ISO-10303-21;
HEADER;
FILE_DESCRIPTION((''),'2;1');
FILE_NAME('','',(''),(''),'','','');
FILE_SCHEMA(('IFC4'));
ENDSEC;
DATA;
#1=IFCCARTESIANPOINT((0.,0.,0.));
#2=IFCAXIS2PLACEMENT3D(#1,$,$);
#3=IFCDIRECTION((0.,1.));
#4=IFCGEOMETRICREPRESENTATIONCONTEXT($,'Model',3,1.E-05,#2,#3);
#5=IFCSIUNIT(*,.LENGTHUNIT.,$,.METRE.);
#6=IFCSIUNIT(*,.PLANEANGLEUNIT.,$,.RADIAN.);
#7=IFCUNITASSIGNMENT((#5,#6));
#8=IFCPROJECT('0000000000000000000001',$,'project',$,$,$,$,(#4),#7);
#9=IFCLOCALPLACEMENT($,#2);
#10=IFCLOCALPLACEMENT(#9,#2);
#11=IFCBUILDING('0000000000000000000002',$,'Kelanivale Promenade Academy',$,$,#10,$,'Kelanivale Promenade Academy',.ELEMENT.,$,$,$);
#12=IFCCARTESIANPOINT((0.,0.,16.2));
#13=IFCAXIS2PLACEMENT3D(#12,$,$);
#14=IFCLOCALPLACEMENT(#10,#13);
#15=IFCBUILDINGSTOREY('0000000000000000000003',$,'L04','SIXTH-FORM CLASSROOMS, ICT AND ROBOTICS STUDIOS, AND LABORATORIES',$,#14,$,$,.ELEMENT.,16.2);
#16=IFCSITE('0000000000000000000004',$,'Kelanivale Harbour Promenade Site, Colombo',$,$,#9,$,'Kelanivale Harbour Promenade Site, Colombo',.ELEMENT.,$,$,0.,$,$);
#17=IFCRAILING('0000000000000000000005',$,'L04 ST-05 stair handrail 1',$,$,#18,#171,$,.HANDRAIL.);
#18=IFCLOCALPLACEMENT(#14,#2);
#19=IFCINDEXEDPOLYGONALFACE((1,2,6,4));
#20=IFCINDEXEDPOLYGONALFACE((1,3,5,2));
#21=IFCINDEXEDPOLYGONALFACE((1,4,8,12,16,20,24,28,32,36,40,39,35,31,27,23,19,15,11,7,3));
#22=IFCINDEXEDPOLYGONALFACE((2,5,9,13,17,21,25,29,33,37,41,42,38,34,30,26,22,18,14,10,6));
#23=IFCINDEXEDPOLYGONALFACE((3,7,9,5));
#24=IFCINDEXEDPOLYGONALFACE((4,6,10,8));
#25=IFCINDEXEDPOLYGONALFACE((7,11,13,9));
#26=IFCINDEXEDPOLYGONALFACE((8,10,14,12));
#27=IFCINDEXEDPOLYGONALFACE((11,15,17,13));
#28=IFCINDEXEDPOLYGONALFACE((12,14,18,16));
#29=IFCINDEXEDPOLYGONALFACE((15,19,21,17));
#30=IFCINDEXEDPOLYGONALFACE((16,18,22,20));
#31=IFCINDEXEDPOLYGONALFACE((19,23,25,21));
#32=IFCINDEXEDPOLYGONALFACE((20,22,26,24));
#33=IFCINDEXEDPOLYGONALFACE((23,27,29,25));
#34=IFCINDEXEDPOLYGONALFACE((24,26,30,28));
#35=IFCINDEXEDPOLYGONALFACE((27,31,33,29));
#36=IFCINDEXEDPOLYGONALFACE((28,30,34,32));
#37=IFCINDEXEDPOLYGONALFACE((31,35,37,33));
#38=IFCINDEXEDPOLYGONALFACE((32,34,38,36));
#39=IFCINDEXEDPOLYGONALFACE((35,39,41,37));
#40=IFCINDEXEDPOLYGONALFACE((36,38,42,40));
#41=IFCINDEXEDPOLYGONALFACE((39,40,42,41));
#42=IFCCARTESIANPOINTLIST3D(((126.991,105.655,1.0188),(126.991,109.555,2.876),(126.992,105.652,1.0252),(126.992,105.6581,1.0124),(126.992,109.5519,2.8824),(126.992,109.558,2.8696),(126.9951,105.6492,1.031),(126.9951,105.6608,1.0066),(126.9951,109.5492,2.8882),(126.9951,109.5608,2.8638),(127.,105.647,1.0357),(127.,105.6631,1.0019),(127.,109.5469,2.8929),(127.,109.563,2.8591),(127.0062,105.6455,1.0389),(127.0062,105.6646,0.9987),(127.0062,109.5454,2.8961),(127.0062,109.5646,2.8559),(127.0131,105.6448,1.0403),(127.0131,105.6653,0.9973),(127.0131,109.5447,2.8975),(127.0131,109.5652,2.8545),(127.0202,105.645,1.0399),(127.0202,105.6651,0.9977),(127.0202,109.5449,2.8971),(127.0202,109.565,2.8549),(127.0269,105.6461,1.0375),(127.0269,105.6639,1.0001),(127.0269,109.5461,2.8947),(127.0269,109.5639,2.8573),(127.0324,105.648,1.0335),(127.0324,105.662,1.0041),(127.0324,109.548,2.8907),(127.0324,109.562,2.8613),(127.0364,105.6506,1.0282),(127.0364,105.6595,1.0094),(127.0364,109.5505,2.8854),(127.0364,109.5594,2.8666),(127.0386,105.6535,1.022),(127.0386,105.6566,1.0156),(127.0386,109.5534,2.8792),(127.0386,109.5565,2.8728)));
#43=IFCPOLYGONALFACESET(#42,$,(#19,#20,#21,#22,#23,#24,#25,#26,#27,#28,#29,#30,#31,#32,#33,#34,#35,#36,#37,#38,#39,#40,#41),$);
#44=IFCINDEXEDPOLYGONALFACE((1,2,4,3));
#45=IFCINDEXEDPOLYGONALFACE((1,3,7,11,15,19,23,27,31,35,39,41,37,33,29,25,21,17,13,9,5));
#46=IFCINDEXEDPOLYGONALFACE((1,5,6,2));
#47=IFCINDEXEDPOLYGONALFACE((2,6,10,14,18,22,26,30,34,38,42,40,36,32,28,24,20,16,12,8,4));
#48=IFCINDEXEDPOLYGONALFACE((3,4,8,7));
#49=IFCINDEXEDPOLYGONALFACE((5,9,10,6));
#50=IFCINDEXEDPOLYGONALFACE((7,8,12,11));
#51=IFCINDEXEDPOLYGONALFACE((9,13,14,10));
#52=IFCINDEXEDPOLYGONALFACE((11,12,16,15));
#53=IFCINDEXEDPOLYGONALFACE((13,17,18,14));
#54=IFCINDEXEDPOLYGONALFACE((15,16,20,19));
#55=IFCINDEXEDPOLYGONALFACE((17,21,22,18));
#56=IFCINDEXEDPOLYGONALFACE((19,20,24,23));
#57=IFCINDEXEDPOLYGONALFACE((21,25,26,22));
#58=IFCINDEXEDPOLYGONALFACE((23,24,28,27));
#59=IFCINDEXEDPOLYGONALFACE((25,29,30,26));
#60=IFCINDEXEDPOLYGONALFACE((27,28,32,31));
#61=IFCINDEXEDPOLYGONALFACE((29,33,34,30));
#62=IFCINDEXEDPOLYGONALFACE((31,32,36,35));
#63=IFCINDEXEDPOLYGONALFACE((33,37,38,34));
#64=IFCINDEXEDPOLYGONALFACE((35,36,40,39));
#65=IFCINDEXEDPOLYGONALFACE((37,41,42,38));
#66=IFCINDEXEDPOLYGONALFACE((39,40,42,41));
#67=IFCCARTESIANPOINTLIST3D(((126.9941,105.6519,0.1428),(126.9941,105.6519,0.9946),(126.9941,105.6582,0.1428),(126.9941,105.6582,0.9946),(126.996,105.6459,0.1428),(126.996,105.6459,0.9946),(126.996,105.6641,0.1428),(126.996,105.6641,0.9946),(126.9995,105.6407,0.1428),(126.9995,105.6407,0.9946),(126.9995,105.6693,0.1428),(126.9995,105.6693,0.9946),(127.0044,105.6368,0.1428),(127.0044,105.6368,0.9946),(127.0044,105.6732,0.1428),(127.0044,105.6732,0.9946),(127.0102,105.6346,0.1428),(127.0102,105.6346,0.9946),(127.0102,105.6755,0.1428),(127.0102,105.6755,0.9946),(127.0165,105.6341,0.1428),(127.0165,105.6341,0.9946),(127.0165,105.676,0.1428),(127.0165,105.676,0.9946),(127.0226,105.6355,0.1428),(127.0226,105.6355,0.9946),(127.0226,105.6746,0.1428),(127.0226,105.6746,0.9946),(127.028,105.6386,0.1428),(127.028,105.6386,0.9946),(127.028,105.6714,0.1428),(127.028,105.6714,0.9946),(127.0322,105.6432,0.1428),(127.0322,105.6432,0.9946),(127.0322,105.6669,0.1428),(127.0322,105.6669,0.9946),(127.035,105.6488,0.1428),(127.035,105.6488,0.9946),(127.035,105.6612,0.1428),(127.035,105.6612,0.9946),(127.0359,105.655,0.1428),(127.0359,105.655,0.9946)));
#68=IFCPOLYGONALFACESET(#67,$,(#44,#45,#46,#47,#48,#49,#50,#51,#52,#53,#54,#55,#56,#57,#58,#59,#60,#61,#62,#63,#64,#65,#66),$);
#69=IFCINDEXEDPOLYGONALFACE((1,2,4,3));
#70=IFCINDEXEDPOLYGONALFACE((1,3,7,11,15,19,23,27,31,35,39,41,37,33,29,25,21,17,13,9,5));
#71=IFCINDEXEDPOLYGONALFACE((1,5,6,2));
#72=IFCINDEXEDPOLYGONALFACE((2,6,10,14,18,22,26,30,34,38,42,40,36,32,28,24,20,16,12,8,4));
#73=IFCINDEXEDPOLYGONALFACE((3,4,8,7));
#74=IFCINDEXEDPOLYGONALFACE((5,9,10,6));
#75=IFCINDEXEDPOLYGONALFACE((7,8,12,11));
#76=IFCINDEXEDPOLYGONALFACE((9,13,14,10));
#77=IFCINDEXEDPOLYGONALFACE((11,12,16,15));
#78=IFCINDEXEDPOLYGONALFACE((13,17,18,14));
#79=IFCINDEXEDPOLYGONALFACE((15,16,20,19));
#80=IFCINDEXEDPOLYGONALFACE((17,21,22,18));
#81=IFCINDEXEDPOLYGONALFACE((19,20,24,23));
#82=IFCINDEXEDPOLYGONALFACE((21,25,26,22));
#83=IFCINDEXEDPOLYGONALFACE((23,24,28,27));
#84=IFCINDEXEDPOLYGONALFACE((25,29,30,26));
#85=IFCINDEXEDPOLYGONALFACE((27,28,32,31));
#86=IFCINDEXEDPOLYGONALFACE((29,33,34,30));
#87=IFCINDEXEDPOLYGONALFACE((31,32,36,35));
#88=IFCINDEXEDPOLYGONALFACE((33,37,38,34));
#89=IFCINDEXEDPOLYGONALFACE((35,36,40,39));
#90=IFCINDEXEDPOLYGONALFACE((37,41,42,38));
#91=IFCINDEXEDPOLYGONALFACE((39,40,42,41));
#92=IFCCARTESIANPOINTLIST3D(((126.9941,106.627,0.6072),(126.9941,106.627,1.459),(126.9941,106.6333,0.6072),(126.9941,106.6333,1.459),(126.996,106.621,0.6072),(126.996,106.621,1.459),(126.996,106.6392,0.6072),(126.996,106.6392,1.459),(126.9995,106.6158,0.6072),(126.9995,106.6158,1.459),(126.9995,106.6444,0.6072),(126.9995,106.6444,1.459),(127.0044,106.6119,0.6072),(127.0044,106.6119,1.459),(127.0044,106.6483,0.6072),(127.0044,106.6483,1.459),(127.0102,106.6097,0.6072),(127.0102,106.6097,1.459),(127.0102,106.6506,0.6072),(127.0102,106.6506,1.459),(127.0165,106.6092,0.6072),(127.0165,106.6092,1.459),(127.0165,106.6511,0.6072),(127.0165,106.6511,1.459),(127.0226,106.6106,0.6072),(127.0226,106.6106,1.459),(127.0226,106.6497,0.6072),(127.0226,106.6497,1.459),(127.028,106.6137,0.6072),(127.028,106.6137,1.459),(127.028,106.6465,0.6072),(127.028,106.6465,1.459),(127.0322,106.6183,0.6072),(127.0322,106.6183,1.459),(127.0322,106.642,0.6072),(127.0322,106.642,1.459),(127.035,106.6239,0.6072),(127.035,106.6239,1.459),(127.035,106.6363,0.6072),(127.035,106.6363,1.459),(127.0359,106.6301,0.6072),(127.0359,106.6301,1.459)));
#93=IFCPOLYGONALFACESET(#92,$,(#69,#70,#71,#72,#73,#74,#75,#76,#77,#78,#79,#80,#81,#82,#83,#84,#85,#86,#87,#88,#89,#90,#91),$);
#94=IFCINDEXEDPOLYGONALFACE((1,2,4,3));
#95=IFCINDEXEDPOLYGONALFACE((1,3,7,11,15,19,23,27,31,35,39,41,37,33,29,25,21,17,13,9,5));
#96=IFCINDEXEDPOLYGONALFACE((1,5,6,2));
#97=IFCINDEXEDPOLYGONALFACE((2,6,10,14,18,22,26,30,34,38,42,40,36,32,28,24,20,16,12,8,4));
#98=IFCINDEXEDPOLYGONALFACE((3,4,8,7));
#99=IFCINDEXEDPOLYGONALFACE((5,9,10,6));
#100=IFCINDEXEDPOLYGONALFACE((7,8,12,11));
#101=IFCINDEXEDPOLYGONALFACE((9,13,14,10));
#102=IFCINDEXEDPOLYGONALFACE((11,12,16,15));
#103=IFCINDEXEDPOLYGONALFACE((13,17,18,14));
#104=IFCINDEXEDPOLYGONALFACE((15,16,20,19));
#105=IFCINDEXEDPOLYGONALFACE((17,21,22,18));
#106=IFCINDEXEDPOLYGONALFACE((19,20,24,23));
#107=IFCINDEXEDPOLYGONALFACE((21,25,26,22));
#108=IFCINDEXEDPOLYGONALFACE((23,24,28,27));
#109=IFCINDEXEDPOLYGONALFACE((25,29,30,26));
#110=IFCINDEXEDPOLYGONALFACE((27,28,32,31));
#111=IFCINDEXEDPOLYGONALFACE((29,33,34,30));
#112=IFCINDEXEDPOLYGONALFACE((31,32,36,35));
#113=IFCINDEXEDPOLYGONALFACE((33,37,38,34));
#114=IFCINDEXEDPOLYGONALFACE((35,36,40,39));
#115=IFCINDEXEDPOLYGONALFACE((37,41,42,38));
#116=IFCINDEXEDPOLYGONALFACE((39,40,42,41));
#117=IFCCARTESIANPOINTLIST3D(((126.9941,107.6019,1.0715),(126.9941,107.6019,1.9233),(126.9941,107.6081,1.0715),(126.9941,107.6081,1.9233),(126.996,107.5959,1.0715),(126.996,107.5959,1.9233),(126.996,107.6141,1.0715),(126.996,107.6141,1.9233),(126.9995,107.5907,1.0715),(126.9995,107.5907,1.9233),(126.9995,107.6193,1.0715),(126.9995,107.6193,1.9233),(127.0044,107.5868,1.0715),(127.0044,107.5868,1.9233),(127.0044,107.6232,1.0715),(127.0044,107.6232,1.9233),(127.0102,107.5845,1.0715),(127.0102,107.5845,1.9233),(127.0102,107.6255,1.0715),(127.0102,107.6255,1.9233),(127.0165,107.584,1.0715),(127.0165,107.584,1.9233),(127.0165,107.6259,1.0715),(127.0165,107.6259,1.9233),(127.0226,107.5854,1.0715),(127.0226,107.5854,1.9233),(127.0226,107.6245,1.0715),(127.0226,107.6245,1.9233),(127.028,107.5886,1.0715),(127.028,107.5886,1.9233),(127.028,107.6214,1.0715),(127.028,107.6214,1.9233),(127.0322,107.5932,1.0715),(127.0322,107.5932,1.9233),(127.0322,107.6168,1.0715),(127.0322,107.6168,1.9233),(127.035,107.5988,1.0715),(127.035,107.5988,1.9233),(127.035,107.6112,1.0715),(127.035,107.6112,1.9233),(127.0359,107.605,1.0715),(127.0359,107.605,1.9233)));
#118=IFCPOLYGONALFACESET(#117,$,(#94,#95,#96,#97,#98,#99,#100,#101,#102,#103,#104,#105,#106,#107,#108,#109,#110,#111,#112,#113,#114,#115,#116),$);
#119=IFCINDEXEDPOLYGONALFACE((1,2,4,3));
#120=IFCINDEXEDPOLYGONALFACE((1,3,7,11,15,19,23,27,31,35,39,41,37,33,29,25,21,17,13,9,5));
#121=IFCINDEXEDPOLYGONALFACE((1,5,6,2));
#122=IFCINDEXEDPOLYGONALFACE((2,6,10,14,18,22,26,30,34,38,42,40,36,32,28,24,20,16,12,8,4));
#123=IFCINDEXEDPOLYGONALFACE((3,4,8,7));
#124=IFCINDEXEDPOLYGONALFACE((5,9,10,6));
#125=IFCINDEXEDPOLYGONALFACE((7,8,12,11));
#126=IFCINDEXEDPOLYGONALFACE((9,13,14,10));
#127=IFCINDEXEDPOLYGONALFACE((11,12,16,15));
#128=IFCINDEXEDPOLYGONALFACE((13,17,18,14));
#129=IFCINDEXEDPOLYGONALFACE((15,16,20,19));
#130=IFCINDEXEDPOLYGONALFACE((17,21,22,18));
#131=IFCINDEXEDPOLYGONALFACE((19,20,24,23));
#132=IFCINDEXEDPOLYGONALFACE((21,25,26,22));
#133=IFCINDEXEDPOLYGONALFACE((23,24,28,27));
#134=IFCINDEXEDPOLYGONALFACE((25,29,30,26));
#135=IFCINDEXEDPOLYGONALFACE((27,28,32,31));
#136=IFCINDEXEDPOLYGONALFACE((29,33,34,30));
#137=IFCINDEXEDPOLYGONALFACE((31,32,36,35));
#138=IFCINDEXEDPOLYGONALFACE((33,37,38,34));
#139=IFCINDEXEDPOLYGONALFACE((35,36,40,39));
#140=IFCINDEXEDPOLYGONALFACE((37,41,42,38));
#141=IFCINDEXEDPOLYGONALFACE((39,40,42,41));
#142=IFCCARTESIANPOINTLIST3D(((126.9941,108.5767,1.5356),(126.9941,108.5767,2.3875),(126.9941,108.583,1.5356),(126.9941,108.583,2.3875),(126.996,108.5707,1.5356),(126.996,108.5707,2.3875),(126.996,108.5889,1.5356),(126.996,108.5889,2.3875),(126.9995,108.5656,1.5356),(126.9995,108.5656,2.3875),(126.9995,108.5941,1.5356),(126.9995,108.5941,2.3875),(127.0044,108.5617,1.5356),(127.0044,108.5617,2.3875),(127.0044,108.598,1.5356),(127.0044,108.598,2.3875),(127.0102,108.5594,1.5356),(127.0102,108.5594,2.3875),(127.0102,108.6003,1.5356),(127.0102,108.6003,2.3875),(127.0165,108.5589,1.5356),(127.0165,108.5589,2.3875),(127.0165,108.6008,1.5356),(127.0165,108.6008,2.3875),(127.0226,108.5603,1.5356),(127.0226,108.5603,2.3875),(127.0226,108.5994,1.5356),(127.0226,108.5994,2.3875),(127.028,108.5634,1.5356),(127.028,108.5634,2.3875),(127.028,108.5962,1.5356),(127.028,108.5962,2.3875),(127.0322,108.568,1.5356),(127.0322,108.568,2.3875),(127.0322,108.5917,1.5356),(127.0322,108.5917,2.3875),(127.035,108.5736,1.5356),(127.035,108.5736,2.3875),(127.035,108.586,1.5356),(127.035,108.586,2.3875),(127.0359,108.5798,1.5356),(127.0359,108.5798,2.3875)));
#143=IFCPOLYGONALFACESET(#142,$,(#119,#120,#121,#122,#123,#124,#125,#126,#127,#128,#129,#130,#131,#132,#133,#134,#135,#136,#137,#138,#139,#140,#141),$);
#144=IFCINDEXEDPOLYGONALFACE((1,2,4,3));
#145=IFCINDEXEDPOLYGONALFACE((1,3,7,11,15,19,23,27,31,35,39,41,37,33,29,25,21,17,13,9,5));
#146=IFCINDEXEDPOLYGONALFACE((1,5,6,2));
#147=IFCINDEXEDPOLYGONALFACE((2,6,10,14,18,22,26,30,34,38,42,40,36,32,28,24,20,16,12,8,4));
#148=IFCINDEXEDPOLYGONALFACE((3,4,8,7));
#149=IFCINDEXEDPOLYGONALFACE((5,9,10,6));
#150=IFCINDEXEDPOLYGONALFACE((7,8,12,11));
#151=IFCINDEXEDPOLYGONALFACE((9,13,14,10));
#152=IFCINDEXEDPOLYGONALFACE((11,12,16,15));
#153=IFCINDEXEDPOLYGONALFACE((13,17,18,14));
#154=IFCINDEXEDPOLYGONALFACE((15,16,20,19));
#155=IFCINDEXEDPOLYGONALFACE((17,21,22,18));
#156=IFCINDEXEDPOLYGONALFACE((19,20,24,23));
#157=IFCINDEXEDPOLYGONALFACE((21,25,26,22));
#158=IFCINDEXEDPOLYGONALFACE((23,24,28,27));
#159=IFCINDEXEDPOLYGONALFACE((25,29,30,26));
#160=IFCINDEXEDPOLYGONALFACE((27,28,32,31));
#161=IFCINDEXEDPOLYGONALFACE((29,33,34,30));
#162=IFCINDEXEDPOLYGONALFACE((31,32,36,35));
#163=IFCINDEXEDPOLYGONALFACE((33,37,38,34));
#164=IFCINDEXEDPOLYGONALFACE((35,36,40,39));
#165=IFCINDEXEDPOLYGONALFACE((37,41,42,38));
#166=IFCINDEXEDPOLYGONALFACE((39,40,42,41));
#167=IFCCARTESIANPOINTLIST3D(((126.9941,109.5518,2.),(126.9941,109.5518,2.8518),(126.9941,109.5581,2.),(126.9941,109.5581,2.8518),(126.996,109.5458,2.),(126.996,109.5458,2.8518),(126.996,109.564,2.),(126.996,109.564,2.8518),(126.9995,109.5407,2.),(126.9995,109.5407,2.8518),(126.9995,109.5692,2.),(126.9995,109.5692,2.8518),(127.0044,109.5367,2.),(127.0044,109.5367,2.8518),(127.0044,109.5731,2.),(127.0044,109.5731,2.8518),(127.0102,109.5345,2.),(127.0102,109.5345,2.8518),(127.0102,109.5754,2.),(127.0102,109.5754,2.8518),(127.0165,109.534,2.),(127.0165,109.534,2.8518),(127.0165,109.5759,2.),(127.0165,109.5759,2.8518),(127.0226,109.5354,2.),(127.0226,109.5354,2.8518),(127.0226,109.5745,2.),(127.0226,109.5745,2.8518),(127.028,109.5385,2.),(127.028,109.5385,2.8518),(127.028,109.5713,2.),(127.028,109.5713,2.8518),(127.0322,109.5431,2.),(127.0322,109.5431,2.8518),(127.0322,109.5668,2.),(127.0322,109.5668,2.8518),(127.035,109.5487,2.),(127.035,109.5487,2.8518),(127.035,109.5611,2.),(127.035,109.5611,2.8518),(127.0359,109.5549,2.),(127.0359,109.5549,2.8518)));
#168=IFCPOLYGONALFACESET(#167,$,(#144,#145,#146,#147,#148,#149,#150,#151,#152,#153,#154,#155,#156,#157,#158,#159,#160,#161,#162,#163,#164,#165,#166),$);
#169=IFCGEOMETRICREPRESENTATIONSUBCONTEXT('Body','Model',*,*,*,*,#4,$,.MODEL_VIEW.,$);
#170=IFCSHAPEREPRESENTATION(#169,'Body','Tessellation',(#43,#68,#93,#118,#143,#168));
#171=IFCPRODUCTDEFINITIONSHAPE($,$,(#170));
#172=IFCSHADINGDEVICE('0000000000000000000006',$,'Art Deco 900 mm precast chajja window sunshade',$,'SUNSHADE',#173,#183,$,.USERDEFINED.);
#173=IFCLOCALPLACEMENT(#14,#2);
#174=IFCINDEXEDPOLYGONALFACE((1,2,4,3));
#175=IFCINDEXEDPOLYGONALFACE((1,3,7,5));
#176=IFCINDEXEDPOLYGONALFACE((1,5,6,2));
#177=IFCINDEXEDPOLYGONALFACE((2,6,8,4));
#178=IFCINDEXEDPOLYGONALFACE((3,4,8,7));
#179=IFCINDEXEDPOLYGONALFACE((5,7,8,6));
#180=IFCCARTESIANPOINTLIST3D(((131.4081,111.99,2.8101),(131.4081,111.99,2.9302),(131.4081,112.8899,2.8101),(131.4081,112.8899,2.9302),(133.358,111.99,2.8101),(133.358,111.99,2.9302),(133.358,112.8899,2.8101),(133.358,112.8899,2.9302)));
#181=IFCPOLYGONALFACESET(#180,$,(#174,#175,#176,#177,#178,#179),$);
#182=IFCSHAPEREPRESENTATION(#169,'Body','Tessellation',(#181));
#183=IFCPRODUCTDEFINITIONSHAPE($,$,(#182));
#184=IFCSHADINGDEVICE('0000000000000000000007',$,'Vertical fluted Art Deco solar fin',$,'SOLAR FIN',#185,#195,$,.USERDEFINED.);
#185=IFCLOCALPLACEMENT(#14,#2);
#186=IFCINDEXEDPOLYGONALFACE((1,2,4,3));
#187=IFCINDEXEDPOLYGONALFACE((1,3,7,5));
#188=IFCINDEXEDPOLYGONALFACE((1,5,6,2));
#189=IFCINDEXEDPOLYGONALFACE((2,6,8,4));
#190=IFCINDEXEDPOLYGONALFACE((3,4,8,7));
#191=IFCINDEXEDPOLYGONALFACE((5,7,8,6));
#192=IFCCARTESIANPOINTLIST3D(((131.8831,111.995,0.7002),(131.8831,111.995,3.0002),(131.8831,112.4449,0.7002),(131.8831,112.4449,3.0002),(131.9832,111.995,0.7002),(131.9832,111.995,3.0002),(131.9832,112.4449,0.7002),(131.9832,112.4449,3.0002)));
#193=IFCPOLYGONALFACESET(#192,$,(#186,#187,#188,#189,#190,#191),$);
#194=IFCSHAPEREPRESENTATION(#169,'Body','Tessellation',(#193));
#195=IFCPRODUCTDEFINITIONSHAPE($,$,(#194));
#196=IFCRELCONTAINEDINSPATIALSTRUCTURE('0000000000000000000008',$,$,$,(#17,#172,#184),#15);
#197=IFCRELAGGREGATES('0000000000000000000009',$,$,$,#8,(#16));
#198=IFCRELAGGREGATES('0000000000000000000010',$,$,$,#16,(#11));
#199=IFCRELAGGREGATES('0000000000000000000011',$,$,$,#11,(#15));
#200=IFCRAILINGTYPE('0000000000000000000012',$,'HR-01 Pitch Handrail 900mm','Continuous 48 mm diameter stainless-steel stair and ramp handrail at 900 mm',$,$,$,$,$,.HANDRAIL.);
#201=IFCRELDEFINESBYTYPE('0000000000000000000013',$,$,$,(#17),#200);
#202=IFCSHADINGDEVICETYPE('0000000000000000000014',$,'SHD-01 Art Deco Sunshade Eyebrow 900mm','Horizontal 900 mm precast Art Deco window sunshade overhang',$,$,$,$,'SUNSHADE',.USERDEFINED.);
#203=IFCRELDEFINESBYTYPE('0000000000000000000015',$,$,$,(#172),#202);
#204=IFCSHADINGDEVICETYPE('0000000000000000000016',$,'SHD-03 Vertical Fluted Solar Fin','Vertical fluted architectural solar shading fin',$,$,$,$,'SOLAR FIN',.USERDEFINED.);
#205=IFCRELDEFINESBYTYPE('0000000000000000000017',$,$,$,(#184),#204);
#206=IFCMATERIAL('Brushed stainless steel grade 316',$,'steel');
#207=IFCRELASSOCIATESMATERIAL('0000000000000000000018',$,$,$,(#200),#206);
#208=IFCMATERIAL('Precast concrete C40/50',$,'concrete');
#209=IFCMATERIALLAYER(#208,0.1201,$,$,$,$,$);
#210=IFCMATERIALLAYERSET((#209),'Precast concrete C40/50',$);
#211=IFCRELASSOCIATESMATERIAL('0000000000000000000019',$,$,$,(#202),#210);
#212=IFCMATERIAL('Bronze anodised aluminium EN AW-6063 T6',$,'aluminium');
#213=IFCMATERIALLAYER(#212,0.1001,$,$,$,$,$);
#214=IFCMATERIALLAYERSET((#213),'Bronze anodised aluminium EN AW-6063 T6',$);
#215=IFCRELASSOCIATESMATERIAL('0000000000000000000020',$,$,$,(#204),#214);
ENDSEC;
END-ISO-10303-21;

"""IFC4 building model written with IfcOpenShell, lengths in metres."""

from ifc_helpers import new_model, si_unit, direction, frame, origin, origin_2d, place, context, subcontext, project, spatial, rectangle, circle, extrude, material, layer, layer_set, type_object, element, save


model = new_model("IFC4")

# Units and contexts
model_context = context("Model", 3, precision=1e-05, world=origin(), true_north=direction((0.0, 1.0)))
body_context = subcontext(model_context, "Body", "Model", "MODEL_VIEW")
ifc_project = project(units=[si_unit("LENGTHUNIT", "METRE"), si_unit("PLANEANGLEUNIT", "RADIAN")], contexts=[model_context])

# Site, building, storey
site_placement = place(None, origin())
site = spatial("IfcSite", under=ifc_project, at=site_placement, Name="Kelanivale Harbour Promenade Site, Colombo", LongName="Kelanivale Harbour Promenade Site, Colombo", CompositionType="ELEMENT", RefElevation=0.0)
building_placement = place(site_placement, origin())
building = spatial("IfcBuilding", under=site, at=building_placement, Name="Kelanivale Promenade Academy", LongName="Kelanivale Promenade Academy", CompositionType="ELEMENT")
storey_placement = place(building_placement, frame((0.0, 0.0, 16.2)))
storey = spatial("IfcBuildingStorey", under=building, at=storey_placement, Name="L04", Description="SIXTH-FORM CLASSROOMS, ICT AND ROBOTICS STUDIOS, AND LABORATORIES", CompositionType="ELEMENT", Elevation=16.2)

# Railing
ifc_material_1 = material(Name="Brushed stainless steel grade 316", Category="steel")
railing_type_1 = type_object("IfcRailingType", Name="HR-01 Pitch Handrail 900mm", Description="Continuous 48 mm diameter stainless-steel stair and ramp handrail at 900 mm", PredefinedType="HANDRAIL", material=ifc_material_1)
railing_1_placement = place(storey_placement, frame((127.0149, 105.655, 0.1428)))
element("IfcRailing", 1, at=railing_1_placement, inside=storey, type_object=railing_type_1, Name="L04 ST-05 stair handrail 1", PredefinedType="HANDRAIL", context=body_context, shape_type="SweptSolid", body=[
    extrude(circle(Radius=0.0239, at=origin_2d()), frame((0.0, 0.0, 0.876), z_axis=(0.0, 0.902853, 0.429949), x_axis=(-1.0, 0.0, 0.0)), (0.0, 0.0, 1.0), 4.3196),
    extrude(circle(Radius=0.021, at=origin_2d()), origin(), (0.0, 0.0, 1.0), 0.8518),
    extrude(circle(Radius=0.021, at=origin_2d()), frame((0.0, 0.9751, 0.4644)), (0.0, 0.0, 1.0), 0.8518),
    extrude(circle(Radius=0.021, at=origin_2d()), frame((0.0, 1.95, 0.9287)), (0.0, 0.0, 1.0), 0.8518),
    extrude(circle(Radius=0.021, at=origin_2d()), frame((0.0, 2.9248, 1.3928)), (0.0, 0.0, 1.0), 0.8518),
    extrude(circle(Radius=0.021, at=origin_2d()), frame((0.0, 3.8999, 1.8572)), (0.0, 0.0, 1.0), 0.8518),
])

# Shading devices
ifc_material_2 = material(Name="Precast concrete C40/50", Category="concrete")
ifc_layer_1 = layer(ifc_material_2, 0.1201)
ifc_layer_set_1 = layer_set([ifc_layer_1], Name="Precast concrete C40/50")
shading_device_type_1 = type_object("IfcShadingDeviceType", Name="SHD-01 Art Deco Sunshade Eyebrow 900mm", Description="Horizontal 900 mm precast Art Deco window sunshade overhang", ElementType="SUNSHADE", PredefinedType="USERDEFINED", material=ifc_layer_set_1)
shading_device_1_placement = place(storey_placement, frame((132.3831, 112.4399, 2.8101), z_axis=(0.0, 0.0, 1.0), x_axis=(-1.0, 0.0, 0.0)))
element("IfcShadingDevice", 2, at=shading_device_1_placement, inside=storey, type_object=shading_device_type_1, Name="Art Deco 900 mm precast chajja window sunshade", ObjectType="SUNSHADE", PredefinedType="USERDEFINED", context=body_context, shape_type="SweptSolid", body=[
    extrude(rectangle(XDim=1.95, YDim=0.8999, at=origin_2d()), origin(), (0.0, 0.0, 1.0), 0.1201),
])
ifc_material_3 = material(Name="Bronze anodised aluminium EN AW-6063 T6", Category="aluminium")
ifc_layer_2 = layer(ifc_material_3, 0.1001)
ifc_layer_set_2 = layer_set([ifc_layer_2], Name="Bronze anodised aluminium EN AW-6063 T6")
shading_device_type_2 = type_object("IfcShadingDeviceType", Name="SHD-03 Vertical Fluted Solar Fin", Description="Vertical fluted architectural solar shading fin", ElementType="SOLAR FIN", PredefinedType="USERDEFINED", material=ifc_layer_set_2)
shading_device_2_placement = place(storey_placement, frame((131.9331, 112.22, 0.7002), z_axis=(0.0, 0.0, 1.0), x_axis=(-1.0, 0.0, 0.0)))
element("IfcShadingDevice", 3, at=shading_device_2_placement, inside=storey, type_object=shading_device_type_2, Name="Vertical fluted Art Deco solar fin", ObjectType="SOLAR FIN", PredefinedType="USERDEFINED", context=body_context, shape_type="SweptSolid", body=[
    extrude(rectangle(XDim=0.1001, YDim=0.45, at=origin_2d()), origin(), (0.0, 0.0, 1.0), 2.3),
])

save(model, "model.ifc")
